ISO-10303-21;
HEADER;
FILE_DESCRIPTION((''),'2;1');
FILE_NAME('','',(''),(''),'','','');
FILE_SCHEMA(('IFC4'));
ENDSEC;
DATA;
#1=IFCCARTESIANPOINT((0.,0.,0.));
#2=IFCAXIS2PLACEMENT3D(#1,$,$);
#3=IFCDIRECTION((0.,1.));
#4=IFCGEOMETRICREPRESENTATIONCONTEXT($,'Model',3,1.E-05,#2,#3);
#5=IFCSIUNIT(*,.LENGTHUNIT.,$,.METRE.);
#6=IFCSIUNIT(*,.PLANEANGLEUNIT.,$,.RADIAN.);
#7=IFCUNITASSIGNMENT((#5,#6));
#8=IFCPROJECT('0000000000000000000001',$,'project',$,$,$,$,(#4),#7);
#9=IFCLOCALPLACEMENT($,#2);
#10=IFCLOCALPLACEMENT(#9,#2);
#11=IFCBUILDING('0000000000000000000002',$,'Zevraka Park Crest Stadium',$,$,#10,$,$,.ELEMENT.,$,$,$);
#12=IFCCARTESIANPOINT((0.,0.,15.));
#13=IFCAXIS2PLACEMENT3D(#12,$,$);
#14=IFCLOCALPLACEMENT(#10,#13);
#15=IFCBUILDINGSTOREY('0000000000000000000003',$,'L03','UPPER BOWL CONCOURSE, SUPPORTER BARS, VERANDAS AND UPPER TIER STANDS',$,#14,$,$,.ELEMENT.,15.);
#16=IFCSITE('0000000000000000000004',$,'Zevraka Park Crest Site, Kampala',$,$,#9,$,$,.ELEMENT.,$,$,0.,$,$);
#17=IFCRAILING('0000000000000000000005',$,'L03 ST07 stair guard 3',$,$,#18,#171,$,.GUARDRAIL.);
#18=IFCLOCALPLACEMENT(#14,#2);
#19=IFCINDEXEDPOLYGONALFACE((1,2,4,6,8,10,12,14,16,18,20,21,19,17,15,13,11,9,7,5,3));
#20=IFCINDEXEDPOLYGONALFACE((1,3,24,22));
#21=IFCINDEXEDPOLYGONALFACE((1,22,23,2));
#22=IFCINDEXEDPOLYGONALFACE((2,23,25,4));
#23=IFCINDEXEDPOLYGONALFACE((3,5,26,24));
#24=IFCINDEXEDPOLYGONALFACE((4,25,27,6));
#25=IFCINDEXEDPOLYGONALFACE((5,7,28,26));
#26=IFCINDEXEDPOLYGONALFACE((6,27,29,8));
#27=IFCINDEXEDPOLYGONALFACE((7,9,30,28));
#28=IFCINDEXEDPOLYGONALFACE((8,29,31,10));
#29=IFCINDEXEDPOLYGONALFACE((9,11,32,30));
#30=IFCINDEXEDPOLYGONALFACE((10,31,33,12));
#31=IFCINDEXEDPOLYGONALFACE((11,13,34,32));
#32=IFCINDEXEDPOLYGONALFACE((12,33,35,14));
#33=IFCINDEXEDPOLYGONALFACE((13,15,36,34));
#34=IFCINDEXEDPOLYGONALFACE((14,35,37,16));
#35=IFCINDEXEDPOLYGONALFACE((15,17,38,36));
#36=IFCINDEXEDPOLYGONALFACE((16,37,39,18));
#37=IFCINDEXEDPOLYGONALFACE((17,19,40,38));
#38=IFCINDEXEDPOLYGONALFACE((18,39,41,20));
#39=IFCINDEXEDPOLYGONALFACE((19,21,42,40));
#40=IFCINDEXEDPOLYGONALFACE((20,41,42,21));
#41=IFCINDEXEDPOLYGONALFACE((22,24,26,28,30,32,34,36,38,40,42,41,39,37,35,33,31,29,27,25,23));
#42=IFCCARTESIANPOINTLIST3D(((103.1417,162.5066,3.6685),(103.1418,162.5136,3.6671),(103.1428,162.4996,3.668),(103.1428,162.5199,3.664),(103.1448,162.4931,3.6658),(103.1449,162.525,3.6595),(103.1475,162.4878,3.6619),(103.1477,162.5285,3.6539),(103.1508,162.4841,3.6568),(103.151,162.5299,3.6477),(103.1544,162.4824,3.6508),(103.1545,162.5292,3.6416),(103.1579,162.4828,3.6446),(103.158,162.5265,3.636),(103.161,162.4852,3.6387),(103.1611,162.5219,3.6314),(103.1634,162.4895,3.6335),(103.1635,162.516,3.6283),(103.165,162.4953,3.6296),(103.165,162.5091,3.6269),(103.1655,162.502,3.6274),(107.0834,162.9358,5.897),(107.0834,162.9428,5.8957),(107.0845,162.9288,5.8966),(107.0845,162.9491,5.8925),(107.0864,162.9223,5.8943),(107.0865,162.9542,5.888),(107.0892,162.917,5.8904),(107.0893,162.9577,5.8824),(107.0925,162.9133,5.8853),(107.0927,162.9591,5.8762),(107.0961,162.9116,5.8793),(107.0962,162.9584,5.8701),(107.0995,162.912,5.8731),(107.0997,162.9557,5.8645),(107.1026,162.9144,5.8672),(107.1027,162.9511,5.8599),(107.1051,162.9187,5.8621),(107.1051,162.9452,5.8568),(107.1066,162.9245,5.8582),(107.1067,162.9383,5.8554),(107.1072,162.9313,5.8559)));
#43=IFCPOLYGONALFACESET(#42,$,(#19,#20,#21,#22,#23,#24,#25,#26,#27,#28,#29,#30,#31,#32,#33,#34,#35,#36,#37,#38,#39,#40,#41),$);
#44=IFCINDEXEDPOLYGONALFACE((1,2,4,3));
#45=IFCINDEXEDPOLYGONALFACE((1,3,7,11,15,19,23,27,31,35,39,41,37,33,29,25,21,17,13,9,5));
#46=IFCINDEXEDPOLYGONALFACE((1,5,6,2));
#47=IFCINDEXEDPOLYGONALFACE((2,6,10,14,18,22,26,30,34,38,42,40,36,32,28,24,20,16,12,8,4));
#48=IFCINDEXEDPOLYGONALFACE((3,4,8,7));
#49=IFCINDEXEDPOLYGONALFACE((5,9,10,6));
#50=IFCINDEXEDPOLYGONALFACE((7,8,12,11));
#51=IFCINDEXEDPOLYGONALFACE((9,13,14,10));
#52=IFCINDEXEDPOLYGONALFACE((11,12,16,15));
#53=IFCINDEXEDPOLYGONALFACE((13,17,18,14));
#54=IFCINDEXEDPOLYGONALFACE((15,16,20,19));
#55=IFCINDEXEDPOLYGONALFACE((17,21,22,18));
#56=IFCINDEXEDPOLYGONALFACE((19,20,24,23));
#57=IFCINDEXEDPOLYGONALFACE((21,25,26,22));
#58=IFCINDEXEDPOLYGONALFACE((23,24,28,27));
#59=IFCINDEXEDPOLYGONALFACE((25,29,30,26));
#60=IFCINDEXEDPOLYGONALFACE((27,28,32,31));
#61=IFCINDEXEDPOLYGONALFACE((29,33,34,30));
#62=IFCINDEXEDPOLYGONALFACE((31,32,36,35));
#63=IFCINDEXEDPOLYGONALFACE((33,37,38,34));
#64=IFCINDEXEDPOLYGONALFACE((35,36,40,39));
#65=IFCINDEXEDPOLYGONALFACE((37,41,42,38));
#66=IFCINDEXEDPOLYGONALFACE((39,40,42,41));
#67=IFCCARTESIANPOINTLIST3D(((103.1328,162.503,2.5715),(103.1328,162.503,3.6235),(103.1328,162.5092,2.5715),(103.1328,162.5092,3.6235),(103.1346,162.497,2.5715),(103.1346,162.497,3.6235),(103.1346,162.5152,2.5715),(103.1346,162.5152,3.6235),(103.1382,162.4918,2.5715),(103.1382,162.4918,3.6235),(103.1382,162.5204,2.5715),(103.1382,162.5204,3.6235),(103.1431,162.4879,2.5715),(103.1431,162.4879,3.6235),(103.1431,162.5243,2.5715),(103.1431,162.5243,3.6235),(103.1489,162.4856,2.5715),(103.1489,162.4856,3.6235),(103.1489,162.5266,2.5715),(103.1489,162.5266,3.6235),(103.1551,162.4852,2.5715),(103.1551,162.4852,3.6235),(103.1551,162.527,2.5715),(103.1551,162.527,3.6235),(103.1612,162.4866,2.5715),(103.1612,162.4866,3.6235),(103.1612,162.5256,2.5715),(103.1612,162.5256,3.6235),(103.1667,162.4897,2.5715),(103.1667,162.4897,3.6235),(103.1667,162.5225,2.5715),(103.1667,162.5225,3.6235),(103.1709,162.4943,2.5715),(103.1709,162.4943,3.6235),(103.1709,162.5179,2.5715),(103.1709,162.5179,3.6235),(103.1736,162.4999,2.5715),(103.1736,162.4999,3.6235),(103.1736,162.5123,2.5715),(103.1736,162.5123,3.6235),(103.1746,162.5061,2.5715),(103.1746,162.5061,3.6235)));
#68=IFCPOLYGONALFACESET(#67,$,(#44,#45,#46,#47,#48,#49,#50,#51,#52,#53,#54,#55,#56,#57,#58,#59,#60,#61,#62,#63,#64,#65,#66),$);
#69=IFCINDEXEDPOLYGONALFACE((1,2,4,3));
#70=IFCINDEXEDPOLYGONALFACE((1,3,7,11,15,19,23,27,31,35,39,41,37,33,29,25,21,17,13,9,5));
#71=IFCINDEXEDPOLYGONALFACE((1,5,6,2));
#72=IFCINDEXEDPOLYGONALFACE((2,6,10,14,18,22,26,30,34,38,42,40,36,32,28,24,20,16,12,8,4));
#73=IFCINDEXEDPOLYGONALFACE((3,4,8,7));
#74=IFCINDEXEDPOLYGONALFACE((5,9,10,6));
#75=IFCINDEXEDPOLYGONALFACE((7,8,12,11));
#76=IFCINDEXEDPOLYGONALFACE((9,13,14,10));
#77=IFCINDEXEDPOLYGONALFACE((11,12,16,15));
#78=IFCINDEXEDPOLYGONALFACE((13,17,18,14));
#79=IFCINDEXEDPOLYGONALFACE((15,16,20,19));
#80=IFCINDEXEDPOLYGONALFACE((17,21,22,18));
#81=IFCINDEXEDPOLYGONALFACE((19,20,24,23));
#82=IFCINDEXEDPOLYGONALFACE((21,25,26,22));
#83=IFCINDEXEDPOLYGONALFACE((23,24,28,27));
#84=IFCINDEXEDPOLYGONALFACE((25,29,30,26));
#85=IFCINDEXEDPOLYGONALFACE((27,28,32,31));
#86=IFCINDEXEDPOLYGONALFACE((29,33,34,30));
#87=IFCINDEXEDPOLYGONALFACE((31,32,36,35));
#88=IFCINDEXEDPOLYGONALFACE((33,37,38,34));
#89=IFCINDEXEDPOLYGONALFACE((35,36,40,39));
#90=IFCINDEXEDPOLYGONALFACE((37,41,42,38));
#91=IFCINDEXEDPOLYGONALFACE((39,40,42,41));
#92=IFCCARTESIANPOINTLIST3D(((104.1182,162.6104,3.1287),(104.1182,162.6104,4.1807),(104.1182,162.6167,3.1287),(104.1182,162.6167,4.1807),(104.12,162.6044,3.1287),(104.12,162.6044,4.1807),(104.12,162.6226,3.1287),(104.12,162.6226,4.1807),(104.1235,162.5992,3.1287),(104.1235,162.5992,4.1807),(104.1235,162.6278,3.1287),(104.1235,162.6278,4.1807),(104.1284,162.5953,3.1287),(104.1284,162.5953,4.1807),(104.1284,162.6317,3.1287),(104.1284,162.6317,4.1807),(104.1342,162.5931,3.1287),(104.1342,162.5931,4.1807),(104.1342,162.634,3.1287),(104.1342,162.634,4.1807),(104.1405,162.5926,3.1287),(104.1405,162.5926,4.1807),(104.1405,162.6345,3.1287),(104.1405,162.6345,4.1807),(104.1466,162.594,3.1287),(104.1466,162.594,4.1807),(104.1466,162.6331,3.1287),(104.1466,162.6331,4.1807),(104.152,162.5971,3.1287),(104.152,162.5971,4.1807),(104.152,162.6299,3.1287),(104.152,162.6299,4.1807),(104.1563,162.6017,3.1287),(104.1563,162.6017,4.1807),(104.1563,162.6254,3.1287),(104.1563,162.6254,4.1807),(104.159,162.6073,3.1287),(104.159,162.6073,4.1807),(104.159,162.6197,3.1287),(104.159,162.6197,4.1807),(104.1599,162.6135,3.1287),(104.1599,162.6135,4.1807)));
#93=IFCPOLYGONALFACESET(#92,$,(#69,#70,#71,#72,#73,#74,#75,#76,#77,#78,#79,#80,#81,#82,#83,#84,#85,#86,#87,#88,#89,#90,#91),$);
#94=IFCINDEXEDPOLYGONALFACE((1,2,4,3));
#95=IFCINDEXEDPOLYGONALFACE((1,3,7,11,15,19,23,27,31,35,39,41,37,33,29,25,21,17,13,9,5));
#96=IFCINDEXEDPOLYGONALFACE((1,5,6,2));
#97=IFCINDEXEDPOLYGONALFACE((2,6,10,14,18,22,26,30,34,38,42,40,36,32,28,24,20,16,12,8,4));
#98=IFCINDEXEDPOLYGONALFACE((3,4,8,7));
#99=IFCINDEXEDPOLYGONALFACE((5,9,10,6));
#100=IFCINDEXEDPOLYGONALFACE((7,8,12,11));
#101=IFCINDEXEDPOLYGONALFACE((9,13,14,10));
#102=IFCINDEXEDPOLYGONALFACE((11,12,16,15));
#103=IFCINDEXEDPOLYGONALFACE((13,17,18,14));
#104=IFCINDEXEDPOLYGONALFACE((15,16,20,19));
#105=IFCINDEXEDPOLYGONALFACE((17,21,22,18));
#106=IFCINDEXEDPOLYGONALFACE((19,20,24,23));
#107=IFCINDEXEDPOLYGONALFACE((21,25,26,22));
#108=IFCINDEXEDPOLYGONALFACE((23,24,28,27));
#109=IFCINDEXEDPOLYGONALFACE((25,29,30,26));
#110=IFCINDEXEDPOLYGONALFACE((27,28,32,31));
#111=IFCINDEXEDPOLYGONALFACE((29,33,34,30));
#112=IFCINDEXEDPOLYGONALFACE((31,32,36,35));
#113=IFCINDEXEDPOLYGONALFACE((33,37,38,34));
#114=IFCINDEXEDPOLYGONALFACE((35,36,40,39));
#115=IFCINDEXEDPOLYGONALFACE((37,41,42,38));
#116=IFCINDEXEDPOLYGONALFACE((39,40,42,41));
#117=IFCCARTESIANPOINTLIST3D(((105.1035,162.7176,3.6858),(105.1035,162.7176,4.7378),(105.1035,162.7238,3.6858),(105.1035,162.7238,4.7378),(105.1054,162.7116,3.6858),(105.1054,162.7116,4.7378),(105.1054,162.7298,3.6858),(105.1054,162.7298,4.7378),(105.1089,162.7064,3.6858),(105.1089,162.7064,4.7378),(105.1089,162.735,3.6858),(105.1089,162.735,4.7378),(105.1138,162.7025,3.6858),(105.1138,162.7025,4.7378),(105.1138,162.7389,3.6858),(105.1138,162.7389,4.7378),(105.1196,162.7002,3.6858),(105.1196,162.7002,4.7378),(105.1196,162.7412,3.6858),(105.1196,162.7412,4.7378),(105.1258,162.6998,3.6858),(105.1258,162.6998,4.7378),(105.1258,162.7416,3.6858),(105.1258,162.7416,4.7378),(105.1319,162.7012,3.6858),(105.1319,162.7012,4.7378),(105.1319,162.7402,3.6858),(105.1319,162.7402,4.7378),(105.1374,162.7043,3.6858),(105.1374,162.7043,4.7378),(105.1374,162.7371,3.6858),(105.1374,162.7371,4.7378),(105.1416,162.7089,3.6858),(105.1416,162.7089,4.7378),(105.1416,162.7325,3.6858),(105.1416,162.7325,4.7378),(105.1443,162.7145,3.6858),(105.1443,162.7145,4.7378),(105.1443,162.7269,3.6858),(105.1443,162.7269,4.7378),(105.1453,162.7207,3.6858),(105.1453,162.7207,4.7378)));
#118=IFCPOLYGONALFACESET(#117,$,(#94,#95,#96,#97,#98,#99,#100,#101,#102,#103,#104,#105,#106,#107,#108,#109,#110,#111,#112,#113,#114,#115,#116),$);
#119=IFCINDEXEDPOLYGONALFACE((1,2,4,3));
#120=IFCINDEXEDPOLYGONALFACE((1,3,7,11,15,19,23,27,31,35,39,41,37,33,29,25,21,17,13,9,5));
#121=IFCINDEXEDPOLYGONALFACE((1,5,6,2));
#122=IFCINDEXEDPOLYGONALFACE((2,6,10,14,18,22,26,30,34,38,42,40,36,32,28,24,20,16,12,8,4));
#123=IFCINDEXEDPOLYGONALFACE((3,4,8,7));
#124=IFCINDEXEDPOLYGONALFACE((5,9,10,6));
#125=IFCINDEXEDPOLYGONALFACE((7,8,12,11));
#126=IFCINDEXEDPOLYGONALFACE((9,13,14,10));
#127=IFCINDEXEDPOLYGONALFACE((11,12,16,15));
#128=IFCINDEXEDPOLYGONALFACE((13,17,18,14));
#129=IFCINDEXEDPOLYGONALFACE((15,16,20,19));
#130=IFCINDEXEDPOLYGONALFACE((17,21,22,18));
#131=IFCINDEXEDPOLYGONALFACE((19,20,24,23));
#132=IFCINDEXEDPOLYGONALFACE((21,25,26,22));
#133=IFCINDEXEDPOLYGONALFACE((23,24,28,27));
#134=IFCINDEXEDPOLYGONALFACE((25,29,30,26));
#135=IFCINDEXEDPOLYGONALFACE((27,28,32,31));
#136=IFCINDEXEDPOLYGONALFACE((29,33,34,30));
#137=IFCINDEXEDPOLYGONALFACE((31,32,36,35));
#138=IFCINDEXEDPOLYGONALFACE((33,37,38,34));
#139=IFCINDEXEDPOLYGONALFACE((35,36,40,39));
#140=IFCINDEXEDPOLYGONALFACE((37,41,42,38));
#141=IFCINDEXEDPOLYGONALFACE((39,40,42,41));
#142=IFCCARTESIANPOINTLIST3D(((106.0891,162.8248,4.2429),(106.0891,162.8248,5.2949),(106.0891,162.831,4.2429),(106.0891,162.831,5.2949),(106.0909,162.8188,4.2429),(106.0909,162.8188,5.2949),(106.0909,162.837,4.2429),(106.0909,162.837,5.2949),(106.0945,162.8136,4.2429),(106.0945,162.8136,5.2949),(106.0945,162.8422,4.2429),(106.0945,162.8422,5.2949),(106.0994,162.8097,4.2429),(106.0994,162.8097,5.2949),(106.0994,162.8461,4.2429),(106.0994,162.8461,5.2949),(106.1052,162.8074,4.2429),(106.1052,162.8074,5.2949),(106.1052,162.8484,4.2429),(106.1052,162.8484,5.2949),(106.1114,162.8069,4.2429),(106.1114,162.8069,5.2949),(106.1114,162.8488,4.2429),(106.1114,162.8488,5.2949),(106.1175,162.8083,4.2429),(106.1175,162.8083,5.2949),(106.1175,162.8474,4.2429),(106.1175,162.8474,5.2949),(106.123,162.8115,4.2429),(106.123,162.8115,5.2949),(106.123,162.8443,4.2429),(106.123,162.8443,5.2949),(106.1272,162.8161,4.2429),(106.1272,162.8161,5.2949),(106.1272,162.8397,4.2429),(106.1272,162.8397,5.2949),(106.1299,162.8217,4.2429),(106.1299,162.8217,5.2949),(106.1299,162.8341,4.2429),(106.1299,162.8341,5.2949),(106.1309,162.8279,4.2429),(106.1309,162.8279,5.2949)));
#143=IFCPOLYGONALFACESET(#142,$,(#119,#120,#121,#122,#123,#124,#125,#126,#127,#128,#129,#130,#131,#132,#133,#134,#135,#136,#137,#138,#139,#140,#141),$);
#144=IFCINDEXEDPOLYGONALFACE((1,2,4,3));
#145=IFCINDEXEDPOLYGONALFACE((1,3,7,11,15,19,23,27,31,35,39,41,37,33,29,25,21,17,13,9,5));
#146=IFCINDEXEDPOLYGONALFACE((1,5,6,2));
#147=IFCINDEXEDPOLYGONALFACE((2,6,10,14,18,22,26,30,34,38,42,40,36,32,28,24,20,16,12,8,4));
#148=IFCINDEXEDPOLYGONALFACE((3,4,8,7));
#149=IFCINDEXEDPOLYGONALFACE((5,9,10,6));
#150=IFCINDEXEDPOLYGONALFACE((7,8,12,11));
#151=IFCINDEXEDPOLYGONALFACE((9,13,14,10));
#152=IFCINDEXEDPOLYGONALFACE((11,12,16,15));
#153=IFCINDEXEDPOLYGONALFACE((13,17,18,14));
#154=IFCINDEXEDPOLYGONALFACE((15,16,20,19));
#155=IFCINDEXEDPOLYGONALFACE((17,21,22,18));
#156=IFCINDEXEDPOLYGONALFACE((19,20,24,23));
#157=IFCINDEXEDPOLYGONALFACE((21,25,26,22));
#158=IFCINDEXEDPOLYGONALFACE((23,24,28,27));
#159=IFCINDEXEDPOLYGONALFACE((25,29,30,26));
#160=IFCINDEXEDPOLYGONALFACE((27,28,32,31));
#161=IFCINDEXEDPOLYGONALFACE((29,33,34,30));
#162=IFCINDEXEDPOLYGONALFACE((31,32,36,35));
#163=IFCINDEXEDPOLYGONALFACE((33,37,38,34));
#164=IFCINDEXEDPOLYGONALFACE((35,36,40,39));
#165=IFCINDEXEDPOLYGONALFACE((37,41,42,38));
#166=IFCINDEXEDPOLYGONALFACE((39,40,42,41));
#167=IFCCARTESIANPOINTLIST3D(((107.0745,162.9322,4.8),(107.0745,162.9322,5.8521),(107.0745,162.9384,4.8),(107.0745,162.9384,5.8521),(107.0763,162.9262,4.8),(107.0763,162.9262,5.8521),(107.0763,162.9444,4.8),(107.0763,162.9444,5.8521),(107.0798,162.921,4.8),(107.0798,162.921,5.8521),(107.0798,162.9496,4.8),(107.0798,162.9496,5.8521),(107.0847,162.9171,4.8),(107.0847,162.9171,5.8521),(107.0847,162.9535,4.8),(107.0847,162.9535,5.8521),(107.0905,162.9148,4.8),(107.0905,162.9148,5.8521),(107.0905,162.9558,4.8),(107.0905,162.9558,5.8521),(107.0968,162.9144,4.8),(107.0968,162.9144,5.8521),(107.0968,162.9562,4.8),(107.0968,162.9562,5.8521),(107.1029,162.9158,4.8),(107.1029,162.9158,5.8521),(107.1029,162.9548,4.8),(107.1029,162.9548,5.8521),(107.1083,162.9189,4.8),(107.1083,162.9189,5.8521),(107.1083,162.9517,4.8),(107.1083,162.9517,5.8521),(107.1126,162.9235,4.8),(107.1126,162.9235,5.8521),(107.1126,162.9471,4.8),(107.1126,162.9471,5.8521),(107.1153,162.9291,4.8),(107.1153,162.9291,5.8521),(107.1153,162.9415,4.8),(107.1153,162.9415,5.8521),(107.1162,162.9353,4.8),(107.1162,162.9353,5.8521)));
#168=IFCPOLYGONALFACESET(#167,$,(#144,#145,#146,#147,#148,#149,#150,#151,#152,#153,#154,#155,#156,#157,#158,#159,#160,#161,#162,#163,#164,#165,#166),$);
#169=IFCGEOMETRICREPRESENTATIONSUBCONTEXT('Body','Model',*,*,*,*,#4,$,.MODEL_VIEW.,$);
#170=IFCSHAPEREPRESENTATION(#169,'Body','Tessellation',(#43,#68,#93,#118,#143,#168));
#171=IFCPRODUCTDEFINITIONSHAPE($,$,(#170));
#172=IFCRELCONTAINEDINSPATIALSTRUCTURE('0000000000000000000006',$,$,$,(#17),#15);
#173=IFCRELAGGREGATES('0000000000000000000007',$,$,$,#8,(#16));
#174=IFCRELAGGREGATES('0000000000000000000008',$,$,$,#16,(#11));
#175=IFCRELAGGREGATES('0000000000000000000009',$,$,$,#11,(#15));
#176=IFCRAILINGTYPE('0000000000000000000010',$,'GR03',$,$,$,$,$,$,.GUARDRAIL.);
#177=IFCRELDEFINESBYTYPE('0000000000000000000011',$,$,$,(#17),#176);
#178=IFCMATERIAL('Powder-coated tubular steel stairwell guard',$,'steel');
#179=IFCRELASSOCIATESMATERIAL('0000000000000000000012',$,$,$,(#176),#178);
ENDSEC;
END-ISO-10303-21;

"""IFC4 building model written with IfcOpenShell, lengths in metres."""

from ifc_helpers import new_model, si_unit, direction, frame, origin, origin_2d, place, context, subcontext, project, spatial, circle, extrude, material, type_object, element, save


model = new_model("IFC4")

# Units and contexts
model_context = context("Model", 3, precision=1e-05, world=origin(), true_north=direction((0.0, 1.0)))
body_context = subcontext(model_context, "Body", "Model", "MODEL_VIEW")
ifc_project = project(units=[si_unit("LENGTHUNIT", "METRE"), si_unit("PLANEANGLEUNIT", "RADIAN")], contexts=[model_context])

# Site, building, storey
site_placement = place(None, origin())
site = spatial("IfcSite", under=ifc_project, at=site_placement, Name="Zevraka Park Crest Site, Kampala", CompositionType="ELEMENT", RefElevation=0.0)
building_placement = place(site_placement, origin())
building = spatial("IfcBuilding", under=site, at=building_placement, Name="Zevraka Park Crest Stadium", CompositionType="ELEMENT")
storey_placement = place(building_placement, frame((0.0, 0.0, 15.0)))
storey = spatial("IfcBuildingStorey", under=building, at=storey_placement, Name="L03", Description="UPPER BOWL CONCOURSE, SUPPORTER BARS, VERANDAS AND UPPER TIER STANDS", CompositionType="ELEMENT", Elevation=15.0)

# Railing
ifc_material_1 = material(Name="Powder-coated tubular steel stairwell guard", Category="steel")
railing_type_1 = type_object("IfcRailingType", Name="GR03", PredefinedType="GUARDRAIL", material=ifc_material_1)
railing_1_placement = place(storey_placement, frame((103.1536, 162.5061, 2.5715)))
element("IfcRailing", 1, at=railing_1_placement, inside=storey, type_object=railing_type_1, Name="L03 ST07 stair guard 3", PredefinedType="GUARDRAIL", context=body_context, shape_type="SweptSolid", body=[
    extrude(circle(Radius=0.0239, at=origin_2d()), frame((0.0, 0.0, 1.0762), z_axis=(0.866619, 0.094365, 0.489966), x_axis=(-0.108248, 0.994124, 0.0)), (0.0, 0.0, 1.0), 4.5483),
    extrude(circle(Radius=0.021, at=origin_2d()), origin(), (0.0, 0.0, 1.0), 1.052),
    extrude(circle(Radius=0.021, at=origin_2d()), frame((0.9854, 0.1074, 0.5571)), (0.0, 0.0, 1.0), 1.052),
    extrude(circle(Radius=0.021, at=origin_2d()), frame((1.9707, 0.2146, 1.1143)), (0.0, 0.0, 1.0), 1.052),
    extrude(circle(Radius=0.021, at=origin_2d()), frame((2.9563, 0.3218, 1.6714)), (0.0, 0.0, 1.0), 1.052),
    extrude(circle(Radius=0.021, at=origin_2d()), frame((3.9417, 0.4292, 2.2285)), (0.0, 0.0, 1.0), 1.052),
])

save(model, "model.ifc")
